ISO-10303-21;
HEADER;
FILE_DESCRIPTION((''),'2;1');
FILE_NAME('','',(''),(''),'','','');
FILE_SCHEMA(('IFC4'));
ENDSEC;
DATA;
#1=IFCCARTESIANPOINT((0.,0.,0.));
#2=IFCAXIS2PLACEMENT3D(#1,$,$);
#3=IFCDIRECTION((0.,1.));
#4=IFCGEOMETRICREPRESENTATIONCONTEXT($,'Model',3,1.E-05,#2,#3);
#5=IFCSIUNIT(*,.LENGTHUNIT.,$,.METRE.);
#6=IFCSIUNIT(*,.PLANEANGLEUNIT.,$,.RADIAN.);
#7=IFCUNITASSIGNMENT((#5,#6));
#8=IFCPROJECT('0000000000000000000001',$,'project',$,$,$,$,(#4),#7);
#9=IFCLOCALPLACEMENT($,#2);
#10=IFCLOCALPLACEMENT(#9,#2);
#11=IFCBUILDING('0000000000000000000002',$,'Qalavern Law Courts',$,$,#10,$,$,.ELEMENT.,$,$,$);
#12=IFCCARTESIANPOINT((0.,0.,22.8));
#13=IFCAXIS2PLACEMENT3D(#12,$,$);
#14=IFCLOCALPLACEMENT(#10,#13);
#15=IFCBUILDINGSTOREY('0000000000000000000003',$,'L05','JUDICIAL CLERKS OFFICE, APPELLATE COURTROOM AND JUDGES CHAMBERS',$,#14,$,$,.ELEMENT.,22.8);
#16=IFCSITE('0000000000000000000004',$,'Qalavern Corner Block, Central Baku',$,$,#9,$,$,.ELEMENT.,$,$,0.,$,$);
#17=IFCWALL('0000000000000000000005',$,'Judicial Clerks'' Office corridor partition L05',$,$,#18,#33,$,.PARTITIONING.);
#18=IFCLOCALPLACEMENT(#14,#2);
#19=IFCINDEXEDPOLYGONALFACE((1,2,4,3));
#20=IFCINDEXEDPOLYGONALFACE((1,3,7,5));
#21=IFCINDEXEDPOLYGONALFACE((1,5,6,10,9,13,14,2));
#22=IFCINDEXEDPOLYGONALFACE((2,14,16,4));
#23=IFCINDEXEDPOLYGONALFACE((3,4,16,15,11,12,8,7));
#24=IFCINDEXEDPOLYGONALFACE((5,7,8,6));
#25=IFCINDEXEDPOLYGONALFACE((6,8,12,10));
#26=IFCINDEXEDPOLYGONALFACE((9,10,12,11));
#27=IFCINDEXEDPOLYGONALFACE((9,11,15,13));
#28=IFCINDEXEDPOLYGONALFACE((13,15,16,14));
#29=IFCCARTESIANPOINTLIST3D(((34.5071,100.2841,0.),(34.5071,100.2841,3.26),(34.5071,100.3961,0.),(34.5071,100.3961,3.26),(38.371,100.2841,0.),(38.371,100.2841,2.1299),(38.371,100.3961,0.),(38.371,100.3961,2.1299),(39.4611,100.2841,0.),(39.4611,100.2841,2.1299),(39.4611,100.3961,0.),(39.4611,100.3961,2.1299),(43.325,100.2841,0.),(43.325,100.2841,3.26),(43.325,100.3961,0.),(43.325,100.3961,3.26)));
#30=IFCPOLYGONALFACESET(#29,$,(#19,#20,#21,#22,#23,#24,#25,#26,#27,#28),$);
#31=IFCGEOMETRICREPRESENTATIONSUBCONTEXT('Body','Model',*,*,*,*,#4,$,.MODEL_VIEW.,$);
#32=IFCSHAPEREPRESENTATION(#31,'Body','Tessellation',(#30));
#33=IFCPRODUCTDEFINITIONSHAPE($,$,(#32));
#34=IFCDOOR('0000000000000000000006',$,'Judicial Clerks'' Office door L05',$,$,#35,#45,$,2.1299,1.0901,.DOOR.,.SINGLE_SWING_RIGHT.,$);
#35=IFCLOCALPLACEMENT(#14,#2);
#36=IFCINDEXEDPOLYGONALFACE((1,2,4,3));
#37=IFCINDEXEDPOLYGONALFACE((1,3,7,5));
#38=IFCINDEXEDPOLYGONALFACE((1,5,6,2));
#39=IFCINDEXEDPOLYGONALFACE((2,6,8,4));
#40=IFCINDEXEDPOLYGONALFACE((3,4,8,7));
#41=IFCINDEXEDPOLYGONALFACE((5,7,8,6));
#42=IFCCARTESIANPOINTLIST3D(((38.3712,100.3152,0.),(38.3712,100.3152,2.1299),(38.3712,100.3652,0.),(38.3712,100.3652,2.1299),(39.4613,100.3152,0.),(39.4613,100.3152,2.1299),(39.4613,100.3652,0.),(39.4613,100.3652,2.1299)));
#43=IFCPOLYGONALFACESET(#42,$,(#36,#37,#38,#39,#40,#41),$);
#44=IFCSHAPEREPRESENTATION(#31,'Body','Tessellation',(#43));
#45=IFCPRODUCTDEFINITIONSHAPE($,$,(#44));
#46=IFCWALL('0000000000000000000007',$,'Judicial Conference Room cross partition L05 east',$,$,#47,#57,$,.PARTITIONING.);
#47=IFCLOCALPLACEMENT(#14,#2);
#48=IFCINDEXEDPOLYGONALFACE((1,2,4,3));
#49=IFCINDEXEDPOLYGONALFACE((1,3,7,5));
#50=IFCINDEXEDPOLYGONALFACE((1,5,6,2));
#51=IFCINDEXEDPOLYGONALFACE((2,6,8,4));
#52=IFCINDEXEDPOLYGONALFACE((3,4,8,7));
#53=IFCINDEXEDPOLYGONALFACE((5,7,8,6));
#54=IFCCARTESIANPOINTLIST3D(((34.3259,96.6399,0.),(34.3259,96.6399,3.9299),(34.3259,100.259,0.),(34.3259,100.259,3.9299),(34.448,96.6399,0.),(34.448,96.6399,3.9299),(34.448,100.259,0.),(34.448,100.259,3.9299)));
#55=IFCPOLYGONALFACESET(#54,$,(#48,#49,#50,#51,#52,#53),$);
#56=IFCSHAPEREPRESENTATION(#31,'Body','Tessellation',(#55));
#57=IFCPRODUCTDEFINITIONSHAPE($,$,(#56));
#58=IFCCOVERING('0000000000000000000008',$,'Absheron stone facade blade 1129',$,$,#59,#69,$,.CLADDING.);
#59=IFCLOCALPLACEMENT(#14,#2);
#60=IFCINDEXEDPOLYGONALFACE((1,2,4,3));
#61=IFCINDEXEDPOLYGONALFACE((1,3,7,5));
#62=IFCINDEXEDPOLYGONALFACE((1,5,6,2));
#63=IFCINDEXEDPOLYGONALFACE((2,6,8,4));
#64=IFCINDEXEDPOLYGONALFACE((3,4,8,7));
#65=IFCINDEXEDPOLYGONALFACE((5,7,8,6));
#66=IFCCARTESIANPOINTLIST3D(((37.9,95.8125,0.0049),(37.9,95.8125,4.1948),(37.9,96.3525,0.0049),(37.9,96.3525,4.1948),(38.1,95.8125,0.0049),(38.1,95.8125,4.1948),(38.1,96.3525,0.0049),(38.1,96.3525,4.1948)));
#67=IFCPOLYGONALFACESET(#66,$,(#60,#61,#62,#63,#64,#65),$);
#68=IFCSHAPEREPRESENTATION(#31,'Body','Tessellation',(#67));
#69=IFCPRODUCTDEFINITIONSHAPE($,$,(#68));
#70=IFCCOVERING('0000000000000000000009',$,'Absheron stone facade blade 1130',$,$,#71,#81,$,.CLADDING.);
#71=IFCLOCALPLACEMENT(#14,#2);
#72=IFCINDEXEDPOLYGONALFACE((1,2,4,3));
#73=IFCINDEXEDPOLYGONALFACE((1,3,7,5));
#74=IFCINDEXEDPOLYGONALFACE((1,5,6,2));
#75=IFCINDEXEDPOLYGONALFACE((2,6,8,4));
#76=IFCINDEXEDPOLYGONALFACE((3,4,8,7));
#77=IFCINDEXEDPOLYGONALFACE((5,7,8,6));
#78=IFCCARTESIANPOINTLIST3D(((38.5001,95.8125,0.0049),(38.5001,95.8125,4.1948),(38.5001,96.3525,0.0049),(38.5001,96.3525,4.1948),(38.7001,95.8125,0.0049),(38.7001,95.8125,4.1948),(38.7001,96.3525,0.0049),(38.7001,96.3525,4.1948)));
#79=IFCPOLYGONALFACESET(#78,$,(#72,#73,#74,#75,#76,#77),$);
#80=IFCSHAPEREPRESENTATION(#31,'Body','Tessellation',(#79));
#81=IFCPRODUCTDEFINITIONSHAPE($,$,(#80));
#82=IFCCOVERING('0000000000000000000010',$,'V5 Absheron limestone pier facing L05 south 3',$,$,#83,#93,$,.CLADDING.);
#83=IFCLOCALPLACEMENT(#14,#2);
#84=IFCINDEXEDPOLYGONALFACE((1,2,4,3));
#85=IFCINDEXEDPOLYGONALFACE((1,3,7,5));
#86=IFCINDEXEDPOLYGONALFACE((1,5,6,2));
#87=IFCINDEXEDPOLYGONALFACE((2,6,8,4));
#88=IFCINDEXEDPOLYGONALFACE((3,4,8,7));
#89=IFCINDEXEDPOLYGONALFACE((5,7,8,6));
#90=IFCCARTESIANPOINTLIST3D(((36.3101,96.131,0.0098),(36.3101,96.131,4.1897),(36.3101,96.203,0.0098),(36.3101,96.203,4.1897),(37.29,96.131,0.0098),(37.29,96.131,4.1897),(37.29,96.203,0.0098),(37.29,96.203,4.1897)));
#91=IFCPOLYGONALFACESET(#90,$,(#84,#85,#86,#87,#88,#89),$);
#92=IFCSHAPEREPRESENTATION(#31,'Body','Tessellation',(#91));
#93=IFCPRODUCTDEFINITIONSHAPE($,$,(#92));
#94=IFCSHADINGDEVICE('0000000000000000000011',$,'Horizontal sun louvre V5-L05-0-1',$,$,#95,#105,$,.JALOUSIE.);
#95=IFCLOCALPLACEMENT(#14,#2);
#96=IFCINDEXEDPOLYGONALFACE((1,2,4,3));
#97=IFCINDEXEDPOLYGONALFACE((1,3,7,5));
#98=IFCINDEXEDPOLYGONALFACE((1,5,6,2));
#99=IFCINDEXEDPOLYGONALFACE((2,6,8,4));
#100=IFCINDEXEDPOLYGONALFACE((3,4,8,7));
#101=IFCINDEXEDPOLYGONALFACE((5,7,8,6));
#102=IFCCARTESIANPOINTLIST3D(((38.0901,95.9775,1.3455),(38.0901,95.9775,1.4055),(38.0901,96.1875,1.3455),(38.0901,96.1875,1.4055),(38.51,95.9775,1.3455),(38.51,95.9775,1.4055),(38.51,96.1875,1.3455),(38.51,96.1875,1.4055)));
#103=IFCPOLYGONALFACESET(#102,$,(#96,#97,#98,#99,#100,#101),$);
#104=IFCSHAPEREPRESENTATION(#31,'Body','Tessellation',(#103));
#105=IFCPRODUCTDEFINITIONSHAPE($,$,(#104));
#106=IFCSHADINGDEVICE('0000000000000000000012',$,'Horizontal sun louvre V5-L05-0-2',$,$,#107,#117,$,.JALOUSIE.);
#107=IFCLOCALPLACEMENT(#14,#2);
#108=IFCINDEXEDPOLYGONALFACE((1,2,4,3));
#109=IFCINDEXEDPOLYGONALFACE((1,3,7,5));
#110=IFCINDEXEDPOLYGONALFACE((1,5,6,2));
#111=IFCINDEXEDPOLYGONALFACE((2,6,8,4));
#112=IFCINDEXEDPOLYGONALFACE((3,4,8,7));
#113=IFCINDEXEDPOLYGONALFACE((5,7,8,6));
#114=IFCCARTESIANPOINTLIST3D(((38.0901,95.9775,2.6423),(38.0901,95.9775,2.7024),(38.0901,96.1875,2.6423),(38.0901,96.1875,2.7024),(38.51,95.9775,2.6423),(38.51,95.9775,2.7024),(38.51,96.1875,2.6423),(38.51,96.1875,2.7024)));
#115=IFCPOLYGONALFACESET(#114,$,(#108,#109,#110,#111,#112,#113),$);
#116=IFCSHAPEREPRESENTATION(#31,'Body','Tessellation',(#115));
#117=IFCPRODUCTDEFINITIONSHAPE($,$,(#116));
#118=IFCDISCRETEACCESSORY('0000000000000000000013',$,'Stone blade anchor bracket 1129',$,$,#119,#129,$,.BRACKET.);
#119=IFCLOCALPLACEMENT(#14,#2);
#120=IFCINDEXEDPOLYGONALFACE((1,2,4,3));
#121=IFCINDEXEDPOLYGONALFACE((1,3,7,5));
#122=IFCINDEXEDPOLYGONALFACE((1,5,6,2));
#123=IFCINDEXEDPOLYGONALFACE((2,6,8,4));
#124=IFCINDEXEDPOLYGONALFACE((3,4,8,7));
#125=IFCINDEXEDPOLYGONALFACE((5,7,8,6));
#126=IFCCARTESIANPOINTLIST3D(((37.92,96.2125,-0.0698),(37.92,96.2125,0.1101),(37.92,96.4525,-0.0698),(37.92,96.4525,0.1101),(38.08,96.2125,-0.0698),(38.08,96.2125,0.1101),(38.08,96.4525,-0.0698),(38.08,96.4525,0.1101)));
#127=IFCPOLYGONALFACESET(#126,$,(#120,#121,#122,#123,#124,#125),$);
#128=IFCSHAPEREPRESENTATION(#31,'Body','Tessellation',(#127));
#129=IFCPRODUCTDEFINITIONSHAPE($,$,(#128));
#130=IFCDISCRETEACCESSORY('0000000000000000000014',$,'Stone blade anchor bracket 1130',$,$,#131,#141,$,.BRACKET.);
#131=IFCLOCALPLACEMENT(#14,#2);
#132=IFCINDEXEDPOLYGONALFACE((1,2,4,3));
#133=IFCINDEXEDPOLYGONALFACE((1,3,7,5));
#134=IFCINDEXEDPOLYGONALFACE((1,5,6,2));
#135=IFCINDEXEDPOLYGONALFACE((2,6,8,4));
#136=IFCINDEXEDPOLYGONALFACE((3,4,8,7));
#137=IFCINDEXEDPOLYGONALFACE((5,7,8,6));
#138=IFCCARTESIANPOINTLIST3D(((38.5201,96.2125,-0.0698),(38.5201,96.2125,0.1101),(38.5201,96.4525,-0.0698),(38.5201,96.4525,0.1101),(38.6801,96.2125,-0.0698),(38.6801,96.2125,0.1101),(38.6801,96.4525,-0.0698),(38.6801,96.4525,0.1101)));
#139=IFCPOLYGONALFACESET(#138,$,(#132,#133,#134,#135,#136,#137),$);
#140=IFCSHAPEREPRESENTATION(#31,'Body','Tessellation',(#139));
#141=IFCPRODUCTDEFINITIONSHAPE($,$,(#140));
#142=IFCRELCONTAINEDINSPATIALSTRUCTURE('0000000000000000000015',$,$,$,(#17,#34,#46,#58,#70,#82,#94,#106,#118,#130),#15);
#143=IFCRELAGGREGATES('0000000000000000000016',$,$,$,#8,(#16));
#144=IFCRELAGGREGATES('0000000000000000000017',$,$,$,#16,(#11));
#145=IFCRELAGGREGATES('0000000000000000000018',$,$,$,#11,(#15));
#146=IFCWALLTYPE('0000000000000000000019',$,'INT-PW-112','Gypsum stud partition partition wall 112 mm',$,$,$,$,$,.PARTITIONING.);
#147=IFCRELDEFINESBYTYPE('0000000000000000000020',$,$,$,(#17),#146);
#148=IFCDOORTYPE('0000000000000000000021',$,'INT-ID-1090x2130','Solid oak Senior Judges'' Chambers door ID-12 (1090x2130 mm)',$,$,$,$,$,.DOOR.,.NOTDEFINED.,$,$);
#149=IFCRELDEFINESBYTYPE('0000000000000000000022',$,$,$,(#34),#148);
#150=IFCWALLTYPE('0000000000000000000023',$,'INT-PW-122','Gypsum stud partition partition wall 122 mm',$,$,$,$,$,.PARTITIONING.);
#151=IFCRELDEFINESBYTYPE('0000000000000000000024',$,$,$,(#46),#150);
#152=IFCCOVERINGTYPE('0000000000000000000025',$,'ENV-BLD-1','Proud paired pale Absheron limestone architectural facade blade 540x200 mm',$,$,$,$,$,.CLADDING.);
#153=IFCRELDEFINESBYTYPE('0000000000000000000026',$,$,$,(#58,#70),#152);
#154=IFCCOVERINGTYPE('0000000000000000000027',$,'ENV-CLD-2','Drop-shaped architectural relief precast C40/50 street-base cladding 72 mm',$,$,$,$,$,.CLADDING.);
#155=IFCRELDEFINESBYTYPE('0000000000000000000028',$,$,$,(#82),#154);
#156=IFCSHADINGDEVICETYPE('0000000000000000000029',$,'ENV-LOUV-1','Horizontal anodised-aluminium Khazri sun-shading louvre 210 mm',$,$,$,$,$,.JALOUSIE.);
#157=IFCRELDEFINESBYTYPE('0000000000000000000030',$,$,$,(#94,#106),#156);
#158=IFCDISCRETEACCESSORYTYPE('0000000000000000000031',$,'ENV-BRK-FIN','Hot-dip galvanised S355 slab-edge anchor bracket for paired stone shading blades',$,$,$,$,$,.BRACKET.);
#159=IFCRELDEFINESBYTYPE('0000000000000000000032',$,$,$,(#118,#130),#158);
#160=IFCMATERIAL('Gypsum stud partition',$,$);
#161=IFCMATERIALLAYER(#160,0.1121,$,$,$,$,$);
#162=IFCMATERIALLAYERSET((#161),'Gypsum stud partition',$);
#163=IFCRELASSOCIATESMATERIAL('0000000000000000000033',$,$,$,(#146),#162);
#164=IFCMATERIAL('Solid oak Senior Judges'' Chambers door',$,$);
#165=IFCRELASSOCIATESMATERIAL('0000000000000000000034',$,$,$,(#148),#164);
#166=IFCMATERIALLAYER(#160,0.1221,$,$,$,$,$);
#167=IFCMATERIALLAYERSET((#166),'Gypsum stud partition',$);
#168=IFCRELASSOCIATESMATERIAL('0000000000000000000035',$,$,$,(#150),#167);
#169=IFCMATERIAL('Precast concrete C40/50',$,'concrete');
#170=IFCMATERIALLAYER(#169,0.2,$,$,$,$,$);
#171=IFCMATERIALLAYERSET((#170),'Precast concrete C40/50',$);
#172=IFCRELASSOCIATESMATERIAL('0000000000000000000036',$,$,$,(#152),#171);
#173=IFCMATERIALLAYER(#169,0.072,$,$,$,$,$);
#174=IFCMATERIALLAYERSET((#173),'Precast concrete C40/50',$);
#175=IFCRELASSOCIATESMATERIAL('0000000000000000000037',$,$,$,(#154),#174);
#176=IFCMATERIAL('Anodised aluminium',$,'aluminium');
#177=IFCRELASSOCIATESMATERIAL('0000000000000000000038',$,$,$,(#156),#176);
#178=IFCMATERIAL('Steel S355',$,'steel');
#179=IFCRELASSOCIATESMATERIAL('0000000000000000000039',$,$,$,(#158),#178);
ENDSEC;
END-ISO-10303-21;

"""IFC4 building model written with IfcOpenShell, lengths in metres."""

from ifc_helpers import new_model, si_unit, direction, frame, frame_2d, origin, origin_2d, place, context, subcontext, project, spatial, rectangle, extrude, material, layer, layer_set, type_object, element, fill, save


model = new_model("IFC4")

# Units and contexts
model_context = context("Model", 3, precision=1e-05, world=origin(), true_north=direction((0.0, 1.0)))
body_context = subcontext(model_context, "Body", "Model", "MODEL_VIEW")
ifc_project = project(units=[si_unit("LENGTHUNIT", "METRE"), si_unit("PLANEANGLEUNIT", "RADIAN")], contexts=[model_context])

# Site, building, storey
site_placement = place(None, origin())
site = spatial("IfcSite", under=ifc_project, at=site_placement, Name="Qalavern Corner Block, Central Baku", CompositionType="ELEMENT", RefElevation=0.0)
building_placement = place(site_placement, origin())
building = spatial("IfcBuilding", under=site, at=building_placement, Name="Qalavern Law Courts", CompositionType="ELEMENT")
storey_placement = place(building_placement, frame((0.0, 0.0, 22.8)))
storey = spatial("IfcBuildingStorey", under=building, at=storey_placement, Name="L05", Description="JUDICIAL CLERKS OFFICE, APPELLATE COURTROOM AND JUDGES CHAMBERS", CompositionType="ELEMENT", Elevation=22.8)

# Shared definitions
ifc_material_1 = material(Name="Anodised aluminium", Category="aluminium")

# Shared definitions
ifc_material_2 = material(Name="Steel S355", Category="steel")

# Wall, opening, door
ifc_material_3 = material(Name="Gypsum stud partition")
ifc_layer_1 = layer(ifc_material_3, 0.1121)
ifc_layer_set_1 = layer_set([ifc_layer_1], Name="Gypsum stud partition")
wall_type_1 = type_object("IfcWallType", Name="INT-PW-112", Description="Gypsum stud partition partition wall 112 mm", PredefinedType="PARTITIONING", material=ifc_layer_set_1)
wall_1_placement = place(storey_placement, frame((34.5071, 100.3401, 0.0), z_axis=(0.0, 0.0, 1.0), x_axis=(1.0, 0.0, 0.0)))
wall_1 = element("IfcWall", 1, at=wall_1_placement, inside=storey, type_object=wall_type_1, Name="Judicial Clerks' Office corridor partition L05", PredefinedType="PARTITIONING", context=body_context, shape_type="SweptSolid", body=[
    extrude(rectangle(XDim=8.8179, YDim=0.1121, at=frame_2d((4.4089, 0.0))), origin(), (0.0, 0.0, 1.0), 3.26),
])
opening_placement = place(wall_1_placement, frame((3.864, 0.0, 0.0)))
opening = element("IfcOpeningElement", 2, at=opening_placement, cuts=wall_1, PredefinedType="OPENING", context=body_context, shape_type="SweptSolid", body=[
    extrude(rectangle(XDim=1.0901, YDim=2.1299, at=frame_2d((0.5449, 1.0649))), frame((0.0, 0.0708, 0.0), z_axis=(0.0, -1.0, 0.0), x_axis=(1.0, 0.0, 0.0)), (0.0, 0.0, 1.0), 0.1418),
])
ifc_material_4 = material(Name="Solid oak Senior Judges' Chambers door")
door_type = type_object("IfcDoorType", Name="INT-ID-1090x2130", Description="Solid oak Senior Judges' Chambers door ID-12 (1090x2130 mm)", OperationType="NOTDEFINED", PredefinedType="DOOR", material=ifc_material_4)
door_placement = place(opening_placement, frame((1.0901, 0.0, 0.0), z_axis=(0.0, 0.0, 1.0), x_axis=(-1.0, 0.0, 0.0)))
door = element("IfcDoor", 3, at=door_placement, inside=storey, type_object=door_type, Name="Judicial Clerks' Office door L05", OperationType="SINGLE_SWING_RIGHT", OverallHeight=2.1299, OverallWidth=1.0901, PredefinedType="DOOR", context=body_context, shape_type="SweptSolid", body=[
    extrude(rectangle(XDim=1.0901, YDim=2.1299, at=frame_2d((0.5449, 1.0649))), frame((0.0, 0.0249, 0.0), z_axis=(0.0, -1.0, 0.0), x_axis=(1.0, 0.0, 0.0)), (0.0, 0.0, 1.0), 0.05),
])
fill(opening, door)

# Wall
ifc_layer_2 = layer(ifc_material_3, 0.1221)
ifc_layer_set_2 = layer_set([ifc_layer_2], Name="Gypsum stud partition")
wall_type_2 = type_object("IfcWallType", Name="INT-PW-122", Description="Gypsum stud partition partition wall 122 mm", PredefinedType="PARTITIONING", material=ifc_layer_set_2)
wall_2_placement = place(storey_placement, frame((34.387, 96.6399, 0.0), z_axis=(0.0, 0.0, 1.0), x_axis=(0.0, 1.0, 0.0)))
element("IfcWall", 4, at=wall_2_placement, inside=storey, type_object=wall_type_2, Name="Judicial Conference Room cross partition L05 east", PredefinedType="PARTITIONING", context=body_context, shape_type="SweptSolid", body=[
    extrude(rectangle(XDim=3.6191, YDim=0.1221, at=frame_2d((1.8096, 0.0))), origin(), (0.0, 0.0, 1.0), 3.9299),
])

# Coverings
ifc_material_5 = material(Name="Precast concrete C40/50", Category="concrete")
ifc_layer_3 = layer(ifc_material_5, 0.2)
ifc_layer_set_3 = layer_set([ifc_layer_3], Name="Precast concrete C40/50")
covering_type_1 = type_object("IfcCoveringType", Name="ENV-BLD-1", Description="Proud paired pale Absheron limestone architectural facade blade 540x200 mm", PredefinedType="CLADDING", material=ifc_layer_set_3)
for number, where, z_axis, x_axis, name in (
    (5, (38.0, 96.0825, 0.0049), (0.0, 0.0, 1.0), (0.0, -1.0, 0.0), "Absheron stone facade blade 1129"),
    (6, (38.6001, 96.0825, 0.0049), (0.0, 0.0, 1.0), (0.0, -1.0, 0.0), "Absheron stone facade blade 1130"),
):
    element("IfcCovering", number, at=place(storey_placement, frame(where, z_axis=z_axis, x_axis=x_axis)), inside=storey, type_object=covering_type_1, Name=name, PredefinedType="CLADDING", context=body_context, shape_type="SweptSolid", body=[
        extrude(rectangle(XDim=0.54, YDim=0.2, at=origin_2d()), origin(), (0.0, 0.0, 1.0), 4.1899),
    ])
ifc_layer_4 = layer(ifc_material_5, 0.072)
ifc_layer_set_4 = layer_set([ifc_layer_4], Name="Precast concrete C40/50")
covering_type_2 = type_object("IfcCoveringType", Name="ENV-CLD-2", Description="Drop-shaped architectural relief precast C40/50 street-base cladding 72 mm", PredefinedType="CLADDING", material=ifc_layer_set_4)
covering_placement = place(storey_placement, frame((36.8, 96.167, 0.0098), z_axis=(0.0, 0.0, 1.0), x_axis=(1.0, 0.0, 0.0)))
element("IfcCovering", 7, at=covering_placement, inside=storey, type_object=covering_type_2, Name="V5 Absheron limestone pier facing L05 south 3", PredefinedType="CLADDING", context=body_context, shape_type="SweptSolid", body=[
    extrude(rectangle(XDim=0.98, YDim=0.072, at=origin_2d()), origin(), (0.0, 0.0, 1.0), 4.1799),
])

# Shading devices
shading_device_type = type_object("IfcShadingDeviceType", Name="ENV-LOUV-1", Description="Horizontal anodised-aluminium Khazri sun-shading louvre 210 mm", PredefinedType="JALOUSIE", material=ifc_material_1)
for number, where, z_axis, x_axis, name in (
    (8, (38.3, 96.0825, 1.3455), (0.0, 0.0, 1.0), (1.0, 0.0, 0.0), "Horizontal sun louvre V5-L05-0-1"),
    (9, (38.3, 96.0825, 2.6423), (0.0, 0.0, 1.0), (1.0, 0.0, 0.0), "Horizontal sun louvre V5-L05-0-2"),
):
    element("IfcShadingDevice", number, at=place(storey_placement, frame(where, z_axis=z_axis, x_axis=x_axis)), inside=storey, type_object=shading_device_type, Name=name, PredefinedType="JALOUSIE", context=body_context, shape_type="SweptSolid", body=[
        extrude(rectangle(XDim=0.4199, YDim=0.21, at=origin_2d()), origin(), (0.0, 0.0, 1.0), 0.0601),
    ])

# Discrete accessories
discrete_accessory_type = type_object("IfcDiscreteAccessoryType", Name="ENV-BRK-FIN", Description="Hot-dip galvanised S355 slab-edge anchor bracket for paired stone shading blades", PredefinedType="BRACKET", material=ifc_material_2)
for number, where, z_axis, x_axis, name in (
    (10, (38.0, 96.3325, -0.0698), (0.0, 0.0, 1.0), (0.0, -1.0, 0.0), "Stone blade anchor bracket 1129"),
    (11, (38.6001, 96.3325, -0.0698), (0.0, 0.0, 1.0), (0.0, -1.0, 0.0), "Stone blade anchor bracket 1130"),
):
    element("IfcDiscreteAccessory", number, at=place(storey_placement, frame(where, z_axis=z_axis, x_axis=x_axis)), inside=storey, type_object=discrete_accessory_type, Name=name, PredefinedType="BRACKET", context=body_context, shape_type="SweptSolid", body=[
        extrude(rectangle(XDim=0.24, YDim=0.1599, at=origin_2d()), origin(), (0.0, 0.0, 1.0), 0.1799),
    ])

save(model, "model.ifc")
